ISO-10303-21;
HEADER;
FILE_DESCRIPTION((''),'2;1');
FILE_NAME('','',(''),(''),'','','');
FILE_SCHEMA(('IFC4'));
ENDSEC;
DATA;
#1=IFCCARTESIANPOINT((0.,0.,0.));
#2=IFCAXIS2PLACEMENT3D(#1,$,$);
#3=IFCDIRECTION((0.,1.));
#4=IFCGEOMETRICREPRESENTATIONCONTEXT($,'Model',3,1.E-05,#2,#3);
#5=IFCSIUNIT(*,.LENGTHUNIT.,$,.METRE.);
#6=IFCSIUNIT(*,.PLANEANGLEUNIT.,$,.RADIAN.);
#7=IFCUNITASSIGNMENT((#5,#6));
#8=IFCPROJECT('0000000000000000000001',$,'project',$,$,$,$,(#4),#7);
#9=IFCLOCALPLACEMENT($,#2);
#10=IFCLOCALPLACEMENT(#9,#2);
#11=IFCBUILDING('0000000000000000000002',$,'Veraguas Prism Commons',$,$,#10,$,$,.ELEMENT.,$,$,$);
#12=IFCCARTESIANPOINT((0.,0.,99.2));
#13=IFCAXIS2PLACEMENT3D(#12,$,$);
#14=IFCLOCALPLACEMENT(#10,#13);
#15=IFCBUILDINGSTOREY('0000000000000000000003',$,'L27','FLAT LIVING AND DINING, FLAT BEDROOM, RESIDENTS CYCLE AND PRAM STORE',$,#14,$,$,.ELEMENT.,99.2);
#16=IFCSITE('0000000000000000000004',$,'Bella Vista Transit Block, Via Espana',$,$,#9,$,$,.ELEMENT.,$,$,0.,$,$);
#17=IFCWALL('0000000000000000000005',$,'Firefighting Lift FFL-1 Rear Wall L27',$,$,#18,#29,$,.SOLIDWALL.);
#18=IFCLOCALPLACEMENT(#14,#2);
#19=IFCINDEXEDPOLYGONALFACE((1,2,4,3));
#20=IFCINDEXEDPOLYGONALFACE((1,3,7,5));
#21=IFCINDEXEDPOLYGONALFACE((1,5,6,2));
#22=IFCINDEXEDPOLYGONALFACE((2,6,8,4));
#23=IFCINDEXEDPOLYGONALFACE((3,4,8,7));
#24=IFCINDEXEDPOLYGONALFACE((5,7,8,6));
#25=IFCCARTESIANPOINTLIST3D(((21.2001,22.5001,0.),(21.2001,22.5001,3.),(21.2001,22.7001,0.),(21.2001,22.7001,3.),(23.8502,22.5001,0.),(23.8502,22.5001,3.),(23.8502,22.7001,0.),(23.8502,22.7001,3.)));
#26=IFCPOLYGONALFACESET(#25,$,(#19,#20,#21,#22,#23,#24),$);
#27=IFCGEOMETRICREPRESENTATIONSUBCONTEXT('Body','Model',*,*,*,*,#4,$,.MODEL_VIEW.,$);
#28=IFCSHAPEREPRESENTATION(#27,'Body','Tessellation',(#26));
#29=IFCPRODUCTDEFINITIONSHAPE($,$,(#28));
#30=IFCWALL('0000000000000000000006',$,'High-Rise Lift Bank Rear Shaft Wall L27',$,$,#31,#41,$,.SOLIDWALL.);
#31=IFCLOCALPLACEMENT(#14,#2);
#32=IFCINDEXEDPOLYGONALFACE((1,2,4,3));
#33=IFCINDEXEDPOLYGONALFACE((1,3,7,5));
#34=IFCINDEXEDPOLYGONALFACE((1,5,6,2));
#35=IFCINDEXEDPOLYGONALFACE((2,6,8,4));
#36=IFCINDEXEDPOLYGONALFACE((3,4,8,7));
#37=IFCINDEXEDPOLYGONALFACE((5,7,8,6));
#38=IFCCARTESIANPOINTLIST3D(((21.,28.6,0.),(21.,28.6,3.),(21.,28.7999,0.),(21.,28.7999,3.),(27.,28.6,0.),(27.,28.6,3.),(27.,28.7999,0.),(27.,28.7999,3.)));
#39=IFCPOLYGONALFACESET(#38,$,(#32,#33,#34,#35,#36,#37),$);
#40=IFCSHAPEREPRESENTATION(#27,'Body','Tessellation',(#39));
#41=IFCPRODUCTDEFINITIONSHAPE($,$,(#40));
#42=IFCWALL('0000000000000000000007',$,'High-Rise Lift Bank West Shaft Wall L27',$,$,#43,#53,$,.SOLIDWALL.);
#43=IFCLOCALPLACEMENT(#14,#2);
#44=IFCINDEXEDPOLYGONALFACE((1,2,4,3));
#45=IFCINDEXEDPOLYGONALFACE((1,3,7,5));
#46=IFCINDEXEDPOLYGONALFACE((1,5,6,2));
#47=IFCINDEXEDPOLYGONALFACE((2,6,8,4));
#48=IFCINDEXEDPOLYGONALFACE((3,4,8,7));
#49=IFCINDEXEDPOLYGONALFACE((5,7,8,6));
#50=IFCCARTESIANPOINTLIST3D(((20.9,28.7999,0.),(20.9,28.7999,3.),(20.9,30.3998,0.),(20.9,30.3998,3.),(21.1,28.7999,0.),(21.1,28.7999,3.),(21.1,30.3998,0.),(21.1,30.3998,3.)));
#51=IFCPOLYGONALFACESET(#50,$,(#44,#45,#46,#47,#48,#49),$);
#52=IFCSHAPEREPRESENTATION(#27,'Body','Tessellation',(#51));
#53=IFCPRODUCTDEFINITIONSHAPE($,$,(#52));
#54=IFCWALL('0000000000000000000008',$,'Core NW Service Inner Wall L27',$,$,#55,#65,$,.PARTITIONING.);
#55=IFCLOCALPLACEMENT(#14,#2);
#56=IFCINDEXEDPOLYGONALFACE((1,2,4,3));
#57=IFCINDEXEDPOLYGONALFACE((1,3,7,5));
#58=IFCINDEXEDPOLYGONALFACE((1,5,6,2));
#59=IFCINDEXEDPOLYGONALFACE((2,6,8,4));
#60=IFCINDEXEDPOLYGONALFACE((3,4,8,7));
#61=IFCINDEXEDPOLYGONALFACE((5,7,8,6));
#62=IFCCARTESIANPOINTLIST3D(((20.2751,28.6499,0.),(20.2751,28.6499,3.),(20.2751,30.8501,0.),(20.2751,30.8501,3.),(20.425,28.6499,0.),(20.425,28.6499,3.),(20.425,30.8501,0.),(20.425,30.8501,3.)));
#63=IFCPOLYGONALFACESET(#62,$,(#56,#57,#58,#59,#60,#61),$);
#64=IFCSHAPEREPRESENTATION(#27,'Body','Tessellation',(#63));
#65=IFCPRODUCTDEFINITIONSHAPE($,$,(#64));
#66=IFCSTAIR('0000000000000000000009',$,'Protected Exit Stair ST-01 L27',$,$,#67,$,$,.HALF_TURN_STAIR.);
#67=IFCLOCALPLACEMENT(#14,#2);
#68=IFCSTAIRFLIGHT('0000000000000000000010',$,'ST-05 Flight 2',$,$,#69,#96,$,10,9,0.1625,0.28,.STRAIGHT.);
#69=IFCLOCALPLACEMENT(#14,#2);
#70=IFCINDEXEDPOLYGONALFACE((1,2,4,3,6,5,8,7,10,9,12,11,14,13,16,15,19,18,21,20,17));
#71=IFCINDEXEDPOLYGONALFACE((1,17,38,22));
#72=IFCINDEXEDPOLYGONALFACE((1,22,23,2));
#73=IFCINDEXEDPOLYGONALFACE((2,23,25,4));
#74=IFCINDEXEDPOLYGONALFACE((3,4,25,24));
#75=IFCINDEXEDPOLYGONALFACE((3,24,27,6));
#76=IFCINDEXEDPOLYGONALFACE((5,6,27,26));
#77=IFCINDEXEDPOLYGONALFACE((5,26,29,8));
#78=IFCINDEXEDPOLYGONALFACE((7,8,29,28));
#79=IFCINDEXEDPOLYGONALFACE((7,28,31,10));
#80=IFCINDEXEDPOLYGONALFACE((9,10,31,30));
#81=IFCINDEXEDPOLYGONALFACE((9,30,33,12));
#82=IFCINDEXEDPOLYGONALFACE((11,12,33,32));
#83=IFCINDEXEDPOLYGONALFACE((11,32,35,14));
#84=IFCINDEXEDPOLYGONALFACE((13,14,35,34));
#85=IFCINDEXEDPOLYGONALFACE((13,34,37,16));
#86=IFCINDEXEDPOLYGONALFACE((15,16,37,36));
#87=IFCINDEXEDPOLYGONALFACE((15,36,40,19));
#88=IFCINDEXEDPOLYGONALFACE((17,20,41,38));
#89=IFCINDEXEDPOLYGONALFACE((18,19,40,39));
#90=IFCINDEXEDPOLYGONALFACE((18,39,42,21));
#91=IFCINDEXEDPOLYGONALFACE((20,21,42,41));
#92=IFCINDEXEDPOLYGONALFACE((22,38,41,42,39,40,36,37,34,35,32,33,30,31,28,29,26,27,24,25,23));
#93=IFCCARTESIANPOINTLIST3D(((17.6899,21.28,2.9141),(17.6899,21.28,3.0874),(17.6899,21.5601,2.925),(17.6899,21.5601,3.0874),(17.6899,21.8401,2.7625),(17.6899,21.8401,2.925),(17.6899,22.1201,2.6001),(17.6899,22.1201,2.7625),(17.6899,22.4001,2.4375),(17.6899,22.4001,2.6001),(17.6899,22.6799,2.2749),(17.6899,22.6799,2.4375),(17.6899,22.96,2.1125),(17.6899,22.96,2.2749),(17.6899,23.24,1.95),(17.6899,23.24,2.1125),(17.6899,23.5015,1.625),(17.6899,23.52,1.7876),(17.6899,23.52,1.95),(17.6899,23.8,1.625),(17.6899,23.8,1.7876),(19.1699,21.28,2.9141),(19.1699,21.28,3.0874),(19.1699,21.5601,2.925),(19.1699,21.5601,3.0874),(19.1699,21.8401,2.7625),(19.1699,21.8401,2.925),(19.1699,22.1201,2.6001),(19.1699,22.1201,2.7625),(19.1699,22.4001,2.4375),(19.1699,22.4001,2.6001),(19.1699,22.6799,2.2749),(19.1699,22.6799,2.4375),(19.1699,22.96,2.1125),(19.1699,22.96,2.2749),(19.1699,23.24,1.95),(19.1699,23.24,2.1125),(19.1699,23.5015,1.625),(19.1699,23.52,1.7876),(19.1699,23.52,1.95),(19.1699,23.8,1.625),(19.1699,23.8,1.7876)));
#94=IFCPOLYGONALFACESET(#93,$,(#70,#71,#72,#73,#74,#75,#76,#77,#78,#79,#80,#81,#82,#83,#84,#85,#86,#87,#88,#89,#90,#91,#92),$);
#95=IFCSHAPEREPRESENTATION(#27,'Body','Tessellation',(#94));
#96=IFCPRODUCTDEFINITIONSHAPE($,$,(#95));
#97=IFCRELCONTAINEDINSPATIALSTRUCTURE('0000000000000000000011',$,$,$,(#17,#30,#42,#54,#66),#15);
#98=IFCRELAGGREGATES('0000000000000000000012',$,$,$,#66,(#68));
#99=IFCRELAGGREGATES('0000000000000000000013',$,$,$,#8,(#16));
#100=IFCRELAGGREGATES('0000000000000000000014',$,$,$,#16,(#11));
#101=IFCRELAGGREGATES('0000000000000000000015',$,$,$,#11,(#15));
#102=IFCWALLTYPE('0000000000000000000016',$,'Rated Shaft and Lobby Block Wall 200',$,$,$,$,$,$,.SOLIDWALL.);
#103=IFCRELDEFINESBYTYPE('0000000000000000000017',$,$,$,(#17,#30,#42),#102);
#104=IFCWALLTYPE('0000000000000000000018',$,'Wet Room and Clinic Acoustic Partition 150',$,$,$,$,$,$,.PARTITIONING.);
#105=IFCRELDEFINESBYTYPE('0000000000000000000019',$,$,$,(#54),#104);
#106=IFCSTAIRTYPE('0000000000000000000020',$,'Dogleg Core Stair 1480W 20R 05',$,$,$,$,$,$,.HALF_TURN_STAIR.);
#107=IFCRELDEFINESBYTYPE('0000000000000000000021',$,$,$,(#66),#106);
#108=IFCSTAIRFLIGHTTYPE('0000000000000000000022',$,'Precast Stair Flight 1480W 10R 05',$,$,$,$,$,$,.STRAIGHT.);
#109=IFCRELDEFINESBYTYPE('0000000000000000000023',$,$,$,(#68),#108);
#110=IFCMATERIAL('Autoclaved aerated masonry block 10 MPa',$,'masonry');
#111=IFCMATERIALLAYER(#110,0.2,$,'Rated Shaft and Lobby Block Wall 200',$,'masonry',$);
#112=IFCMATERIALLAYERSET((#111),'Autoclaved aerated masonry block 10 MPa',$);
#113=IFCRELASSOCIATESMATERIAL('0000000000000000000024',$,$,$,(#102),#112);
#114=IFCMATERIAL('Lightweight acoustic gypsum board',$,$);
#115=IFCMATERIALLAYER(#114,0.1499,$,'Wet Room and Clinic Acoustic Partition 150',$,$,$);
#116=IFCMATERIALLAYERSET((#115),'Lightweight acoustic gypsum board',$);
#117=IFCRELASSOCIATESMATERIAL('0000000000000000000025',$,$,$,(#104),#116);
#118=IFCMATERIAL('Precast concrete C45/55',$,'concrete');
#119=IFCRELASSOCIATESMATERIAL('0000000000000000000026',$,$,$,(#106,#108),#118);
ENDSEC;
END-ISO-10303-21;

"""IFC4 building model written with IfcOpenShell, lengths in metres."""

from ifc_helpers import new_model, si_unit, direction, frame, frame_2d, origin, place, context, subcontext, project, spatial, polyline, rectangle, outline, extrude, material, layer, layer_set, type_object, element, aggregate, save


model = new_model("IFC4")

# Units and contexts
model_context = context("Model", 3, precision=1e-05, world=origin(), true_north=direction((0.0, 1.0)))
body_context = subcontext(model_context, "Body", "Model", "MODEL_VIEW")
ifc_project = project(units=[si_unit("LENGTHUNIT", "METRE"), si_unit("PLANEANGLEUNIT", "RADIAN")], contexts=[model_context])

# Site, building, storey
site_placement = place(None, origin())
site = spatial("IfcSite", under=ifc_project, at=site_placement, Name="Bella Vista Transit Block, Via Espana", CompositionType="ELEMENT", RefElevation=0.0)
building_placement = place(site_placement, origin())
building = spatial("IfcBuilding", under=site, at=building_placement, Name="Veraguas Prism Commons", CompositionType="ELEMENT")
storey_placement = place(building_placement, frame((0.0, 0.0, 99.2)))
storey = spatial("IfcBuildingStorey", under=building, at=storey_placement, Name="L27", Description="FLAT LIVING AND DINING, FLAT BEDROOM, RESIDENTS CYCLE AND PRAM STORE", CompositionType="ELEMENT", Elevation=99.2)

# Shared definitions
ifc_material_1 = material(Name="Autoclaved aerated masonry block 10 MPa", Category="masonry")

# Walls
ifc_material_2 = material(Name="Lightweight acoustic gypsum board")
ifc_layer_1 = layer(ifc_material_1, 0.2, Name="Rated Shaft and Lobby Block Wall 200", Category="masonry")
ifc_layer_set_1 = layer_set([ifc_layer_1], Name="Autoclaved aerated masonry block 10 MPa")
wall_type_1 = type_object("IfcWallType", Name="Rated Shaft and Lobby Block Wall 200", PredefinedType="SOLIDWALL", material=ifc_layer_set_1)
wall_1_placement = place(storey_placement, frame((21.2, 22.6001, 0.0), z_axis=(0.0, 0.0, 1.0), x_axis=(1.0, 0.0, 0.0)))
element("IfcWall", 1, at=wall_1_placement, inside=storey, type_object=wall_type_1, Name="Firefighting Lift FFL-1 Rear Wall L27", PredefinedType="SOLIDWALL", context=body_context, shape_type="SweptSolid", body=[
    extrude(rectangle(XDim=2.6501, YDim=0.2, at=frame_2d((1.3252, 0.0))), origin(), (0.0, 0.0, 1.0), 3.0),
])
wall_2_placement = place(storey_placement, frame((21.0, 28.7, 0.0), z_axis=(0.0, 0.0, 1.0), x_axis=(1.0, 0.0, 0.0)))
element("IfcWall", 2, at=wall_2_placement, inside=storey, type_object=wall_type_1, Name="High-Rise Lift Bank Rear Shaft Wall L27", PredefinedType="SOLIDWALL", context=body_context, shape_type="SweptSolid", body=[
    extrude(rectangle(XDim=6.0, YDim=0.2, at=frame_2d((3.0, 0.0))), origin(), (0.0, 0.0, 1.0), 3.0),
])
wall_3_placement = place(storey_placement, frame((21.0, 28.8, 0.0), z_axis=(0.0, 0.0, 1.0), x_axis=(0.0, 1.0, 0.0)))
element("IfcWall", 3, at=wall_3_placement, inside=storey, type_object=wall_type_1, Name="High-Rise Lift Bank West Shaft Wall L27", PredefinedType="SOLIDWALL", context=body_context, shape_type="SweptSolid", body=[
    extrude(rectangle(XDim=1.5999, YDim=0.2, at=frame_2d((0.7998, 0.0))), origin(), (0.0, 0.0, 1.0), 3.0),
])
ifc_layer_2 = layer(ifc_material_2, 0.1499, Name="Wet Room and Clinic Acoustic Partition 150")
ifc_layer_set_2 = layer_set([ifc_layer_2], Name="Lightweight acoustic gypsum board")
wall_type_2 = type_object("IfcWallType", Name="Wet Room and Clinic Acoustic Partition 150", PredefinedType="PARTITIONING", material=ifc_layer_set_2)
wall_4_placement = place(storey_placement, frame((20.3501, 28.6499, 0.0), z_axis=(0.0, 0.0, 1.0), x_axis=(0.0, 1.0, 0.0)))
element("IfcWall", 4, at=wall_4_placement, inside=storey, type_object=wall_type_2, Name="Core NW Service Inner Wall L27", PredefinedType="PARTITIONING", context=body_context, shape_type="SweptSolid", body=[
    extrude(rectangle(XDim=2.2002, YDim=0.1499, at=frame_2d((1.1001, 0.0))), origin(), (0.0, 0.0, 1.0), 3.0),
])

# Stair, stair flight
ifc_material_3 = material(Name="Precast concrete C45/55", Category="concrete")
stair_type = type_object("IfcStairType", Name="Dogleg Core Stair 1480W 20R 05", PredefinedType="HALF_TURN_STAIR", material=ifc_material_3)
stair_placement = place(storey_placement, origin())
stair = element("IfcStair", 5, at=stair_placement, inside=storey, type_object=stair_type, Name="Protected Exit Stair ST-01 L27", PredefinedType="HALF_TURN_STAIR")
stair_flight_type = type_object("IfcStairFlightType", Name="Precast Stair Flight 1480W 10R 05", PredefinedType="STRAIGHT", material=ifc_material_3)
stair_flight_placement = place(storey_placement, frame((18.4299, 23.8, 1.625), z_axis=(0.0, 0.0, 1.0), x_axis=(0.0, -1.0, 0.0)))
stair_flight = element("IfcStairFlight", 6, at=stair_flight_placement, type_object=stair_flight_type, Name="ST-05 Flight 2", NumberOfRisers=10, NumberOfTreads=9, PredefinedType="STRAIGHT", RiserHeight=0.1625, TreadLength=0.28, context=body_context, shape_type="SweptSolid", body=[
    extrude(outline(polyline([(0.0, 0.0), (0.0, 0.1626), (0.28, 0.1626), (0.28, 0.325), (0.5601, 0.325), (0.5601, 0.4875), (0.8401, 0.4875), (0.8401, 0.6499), (1.1201, 0.6499), (1.1201, 0.8125), (1.3999, 0.8125), (1.3999, 0.9751), (1.6799, 0.9751), (1.6799, 1.1375), (1.96, 1.1375), (1.96, 1.3), (2.24, 1.3), (2.24, 1.4624), (2.52, 1.4624), (2.52, 1.625), (2.52, 1.2891), (0.2986, 0.0), (0.0, 0.0)])), frame((0.0, 0.74, 0.0), z_axis=(0.0, -1.0, 0.0), x_axis=(1.0, 0.0, 0.0)), (0.0, 0.0, 1.0), 1.48),
])
aggregate(stair, [stair_flight])

save(model, "model.ifc")
